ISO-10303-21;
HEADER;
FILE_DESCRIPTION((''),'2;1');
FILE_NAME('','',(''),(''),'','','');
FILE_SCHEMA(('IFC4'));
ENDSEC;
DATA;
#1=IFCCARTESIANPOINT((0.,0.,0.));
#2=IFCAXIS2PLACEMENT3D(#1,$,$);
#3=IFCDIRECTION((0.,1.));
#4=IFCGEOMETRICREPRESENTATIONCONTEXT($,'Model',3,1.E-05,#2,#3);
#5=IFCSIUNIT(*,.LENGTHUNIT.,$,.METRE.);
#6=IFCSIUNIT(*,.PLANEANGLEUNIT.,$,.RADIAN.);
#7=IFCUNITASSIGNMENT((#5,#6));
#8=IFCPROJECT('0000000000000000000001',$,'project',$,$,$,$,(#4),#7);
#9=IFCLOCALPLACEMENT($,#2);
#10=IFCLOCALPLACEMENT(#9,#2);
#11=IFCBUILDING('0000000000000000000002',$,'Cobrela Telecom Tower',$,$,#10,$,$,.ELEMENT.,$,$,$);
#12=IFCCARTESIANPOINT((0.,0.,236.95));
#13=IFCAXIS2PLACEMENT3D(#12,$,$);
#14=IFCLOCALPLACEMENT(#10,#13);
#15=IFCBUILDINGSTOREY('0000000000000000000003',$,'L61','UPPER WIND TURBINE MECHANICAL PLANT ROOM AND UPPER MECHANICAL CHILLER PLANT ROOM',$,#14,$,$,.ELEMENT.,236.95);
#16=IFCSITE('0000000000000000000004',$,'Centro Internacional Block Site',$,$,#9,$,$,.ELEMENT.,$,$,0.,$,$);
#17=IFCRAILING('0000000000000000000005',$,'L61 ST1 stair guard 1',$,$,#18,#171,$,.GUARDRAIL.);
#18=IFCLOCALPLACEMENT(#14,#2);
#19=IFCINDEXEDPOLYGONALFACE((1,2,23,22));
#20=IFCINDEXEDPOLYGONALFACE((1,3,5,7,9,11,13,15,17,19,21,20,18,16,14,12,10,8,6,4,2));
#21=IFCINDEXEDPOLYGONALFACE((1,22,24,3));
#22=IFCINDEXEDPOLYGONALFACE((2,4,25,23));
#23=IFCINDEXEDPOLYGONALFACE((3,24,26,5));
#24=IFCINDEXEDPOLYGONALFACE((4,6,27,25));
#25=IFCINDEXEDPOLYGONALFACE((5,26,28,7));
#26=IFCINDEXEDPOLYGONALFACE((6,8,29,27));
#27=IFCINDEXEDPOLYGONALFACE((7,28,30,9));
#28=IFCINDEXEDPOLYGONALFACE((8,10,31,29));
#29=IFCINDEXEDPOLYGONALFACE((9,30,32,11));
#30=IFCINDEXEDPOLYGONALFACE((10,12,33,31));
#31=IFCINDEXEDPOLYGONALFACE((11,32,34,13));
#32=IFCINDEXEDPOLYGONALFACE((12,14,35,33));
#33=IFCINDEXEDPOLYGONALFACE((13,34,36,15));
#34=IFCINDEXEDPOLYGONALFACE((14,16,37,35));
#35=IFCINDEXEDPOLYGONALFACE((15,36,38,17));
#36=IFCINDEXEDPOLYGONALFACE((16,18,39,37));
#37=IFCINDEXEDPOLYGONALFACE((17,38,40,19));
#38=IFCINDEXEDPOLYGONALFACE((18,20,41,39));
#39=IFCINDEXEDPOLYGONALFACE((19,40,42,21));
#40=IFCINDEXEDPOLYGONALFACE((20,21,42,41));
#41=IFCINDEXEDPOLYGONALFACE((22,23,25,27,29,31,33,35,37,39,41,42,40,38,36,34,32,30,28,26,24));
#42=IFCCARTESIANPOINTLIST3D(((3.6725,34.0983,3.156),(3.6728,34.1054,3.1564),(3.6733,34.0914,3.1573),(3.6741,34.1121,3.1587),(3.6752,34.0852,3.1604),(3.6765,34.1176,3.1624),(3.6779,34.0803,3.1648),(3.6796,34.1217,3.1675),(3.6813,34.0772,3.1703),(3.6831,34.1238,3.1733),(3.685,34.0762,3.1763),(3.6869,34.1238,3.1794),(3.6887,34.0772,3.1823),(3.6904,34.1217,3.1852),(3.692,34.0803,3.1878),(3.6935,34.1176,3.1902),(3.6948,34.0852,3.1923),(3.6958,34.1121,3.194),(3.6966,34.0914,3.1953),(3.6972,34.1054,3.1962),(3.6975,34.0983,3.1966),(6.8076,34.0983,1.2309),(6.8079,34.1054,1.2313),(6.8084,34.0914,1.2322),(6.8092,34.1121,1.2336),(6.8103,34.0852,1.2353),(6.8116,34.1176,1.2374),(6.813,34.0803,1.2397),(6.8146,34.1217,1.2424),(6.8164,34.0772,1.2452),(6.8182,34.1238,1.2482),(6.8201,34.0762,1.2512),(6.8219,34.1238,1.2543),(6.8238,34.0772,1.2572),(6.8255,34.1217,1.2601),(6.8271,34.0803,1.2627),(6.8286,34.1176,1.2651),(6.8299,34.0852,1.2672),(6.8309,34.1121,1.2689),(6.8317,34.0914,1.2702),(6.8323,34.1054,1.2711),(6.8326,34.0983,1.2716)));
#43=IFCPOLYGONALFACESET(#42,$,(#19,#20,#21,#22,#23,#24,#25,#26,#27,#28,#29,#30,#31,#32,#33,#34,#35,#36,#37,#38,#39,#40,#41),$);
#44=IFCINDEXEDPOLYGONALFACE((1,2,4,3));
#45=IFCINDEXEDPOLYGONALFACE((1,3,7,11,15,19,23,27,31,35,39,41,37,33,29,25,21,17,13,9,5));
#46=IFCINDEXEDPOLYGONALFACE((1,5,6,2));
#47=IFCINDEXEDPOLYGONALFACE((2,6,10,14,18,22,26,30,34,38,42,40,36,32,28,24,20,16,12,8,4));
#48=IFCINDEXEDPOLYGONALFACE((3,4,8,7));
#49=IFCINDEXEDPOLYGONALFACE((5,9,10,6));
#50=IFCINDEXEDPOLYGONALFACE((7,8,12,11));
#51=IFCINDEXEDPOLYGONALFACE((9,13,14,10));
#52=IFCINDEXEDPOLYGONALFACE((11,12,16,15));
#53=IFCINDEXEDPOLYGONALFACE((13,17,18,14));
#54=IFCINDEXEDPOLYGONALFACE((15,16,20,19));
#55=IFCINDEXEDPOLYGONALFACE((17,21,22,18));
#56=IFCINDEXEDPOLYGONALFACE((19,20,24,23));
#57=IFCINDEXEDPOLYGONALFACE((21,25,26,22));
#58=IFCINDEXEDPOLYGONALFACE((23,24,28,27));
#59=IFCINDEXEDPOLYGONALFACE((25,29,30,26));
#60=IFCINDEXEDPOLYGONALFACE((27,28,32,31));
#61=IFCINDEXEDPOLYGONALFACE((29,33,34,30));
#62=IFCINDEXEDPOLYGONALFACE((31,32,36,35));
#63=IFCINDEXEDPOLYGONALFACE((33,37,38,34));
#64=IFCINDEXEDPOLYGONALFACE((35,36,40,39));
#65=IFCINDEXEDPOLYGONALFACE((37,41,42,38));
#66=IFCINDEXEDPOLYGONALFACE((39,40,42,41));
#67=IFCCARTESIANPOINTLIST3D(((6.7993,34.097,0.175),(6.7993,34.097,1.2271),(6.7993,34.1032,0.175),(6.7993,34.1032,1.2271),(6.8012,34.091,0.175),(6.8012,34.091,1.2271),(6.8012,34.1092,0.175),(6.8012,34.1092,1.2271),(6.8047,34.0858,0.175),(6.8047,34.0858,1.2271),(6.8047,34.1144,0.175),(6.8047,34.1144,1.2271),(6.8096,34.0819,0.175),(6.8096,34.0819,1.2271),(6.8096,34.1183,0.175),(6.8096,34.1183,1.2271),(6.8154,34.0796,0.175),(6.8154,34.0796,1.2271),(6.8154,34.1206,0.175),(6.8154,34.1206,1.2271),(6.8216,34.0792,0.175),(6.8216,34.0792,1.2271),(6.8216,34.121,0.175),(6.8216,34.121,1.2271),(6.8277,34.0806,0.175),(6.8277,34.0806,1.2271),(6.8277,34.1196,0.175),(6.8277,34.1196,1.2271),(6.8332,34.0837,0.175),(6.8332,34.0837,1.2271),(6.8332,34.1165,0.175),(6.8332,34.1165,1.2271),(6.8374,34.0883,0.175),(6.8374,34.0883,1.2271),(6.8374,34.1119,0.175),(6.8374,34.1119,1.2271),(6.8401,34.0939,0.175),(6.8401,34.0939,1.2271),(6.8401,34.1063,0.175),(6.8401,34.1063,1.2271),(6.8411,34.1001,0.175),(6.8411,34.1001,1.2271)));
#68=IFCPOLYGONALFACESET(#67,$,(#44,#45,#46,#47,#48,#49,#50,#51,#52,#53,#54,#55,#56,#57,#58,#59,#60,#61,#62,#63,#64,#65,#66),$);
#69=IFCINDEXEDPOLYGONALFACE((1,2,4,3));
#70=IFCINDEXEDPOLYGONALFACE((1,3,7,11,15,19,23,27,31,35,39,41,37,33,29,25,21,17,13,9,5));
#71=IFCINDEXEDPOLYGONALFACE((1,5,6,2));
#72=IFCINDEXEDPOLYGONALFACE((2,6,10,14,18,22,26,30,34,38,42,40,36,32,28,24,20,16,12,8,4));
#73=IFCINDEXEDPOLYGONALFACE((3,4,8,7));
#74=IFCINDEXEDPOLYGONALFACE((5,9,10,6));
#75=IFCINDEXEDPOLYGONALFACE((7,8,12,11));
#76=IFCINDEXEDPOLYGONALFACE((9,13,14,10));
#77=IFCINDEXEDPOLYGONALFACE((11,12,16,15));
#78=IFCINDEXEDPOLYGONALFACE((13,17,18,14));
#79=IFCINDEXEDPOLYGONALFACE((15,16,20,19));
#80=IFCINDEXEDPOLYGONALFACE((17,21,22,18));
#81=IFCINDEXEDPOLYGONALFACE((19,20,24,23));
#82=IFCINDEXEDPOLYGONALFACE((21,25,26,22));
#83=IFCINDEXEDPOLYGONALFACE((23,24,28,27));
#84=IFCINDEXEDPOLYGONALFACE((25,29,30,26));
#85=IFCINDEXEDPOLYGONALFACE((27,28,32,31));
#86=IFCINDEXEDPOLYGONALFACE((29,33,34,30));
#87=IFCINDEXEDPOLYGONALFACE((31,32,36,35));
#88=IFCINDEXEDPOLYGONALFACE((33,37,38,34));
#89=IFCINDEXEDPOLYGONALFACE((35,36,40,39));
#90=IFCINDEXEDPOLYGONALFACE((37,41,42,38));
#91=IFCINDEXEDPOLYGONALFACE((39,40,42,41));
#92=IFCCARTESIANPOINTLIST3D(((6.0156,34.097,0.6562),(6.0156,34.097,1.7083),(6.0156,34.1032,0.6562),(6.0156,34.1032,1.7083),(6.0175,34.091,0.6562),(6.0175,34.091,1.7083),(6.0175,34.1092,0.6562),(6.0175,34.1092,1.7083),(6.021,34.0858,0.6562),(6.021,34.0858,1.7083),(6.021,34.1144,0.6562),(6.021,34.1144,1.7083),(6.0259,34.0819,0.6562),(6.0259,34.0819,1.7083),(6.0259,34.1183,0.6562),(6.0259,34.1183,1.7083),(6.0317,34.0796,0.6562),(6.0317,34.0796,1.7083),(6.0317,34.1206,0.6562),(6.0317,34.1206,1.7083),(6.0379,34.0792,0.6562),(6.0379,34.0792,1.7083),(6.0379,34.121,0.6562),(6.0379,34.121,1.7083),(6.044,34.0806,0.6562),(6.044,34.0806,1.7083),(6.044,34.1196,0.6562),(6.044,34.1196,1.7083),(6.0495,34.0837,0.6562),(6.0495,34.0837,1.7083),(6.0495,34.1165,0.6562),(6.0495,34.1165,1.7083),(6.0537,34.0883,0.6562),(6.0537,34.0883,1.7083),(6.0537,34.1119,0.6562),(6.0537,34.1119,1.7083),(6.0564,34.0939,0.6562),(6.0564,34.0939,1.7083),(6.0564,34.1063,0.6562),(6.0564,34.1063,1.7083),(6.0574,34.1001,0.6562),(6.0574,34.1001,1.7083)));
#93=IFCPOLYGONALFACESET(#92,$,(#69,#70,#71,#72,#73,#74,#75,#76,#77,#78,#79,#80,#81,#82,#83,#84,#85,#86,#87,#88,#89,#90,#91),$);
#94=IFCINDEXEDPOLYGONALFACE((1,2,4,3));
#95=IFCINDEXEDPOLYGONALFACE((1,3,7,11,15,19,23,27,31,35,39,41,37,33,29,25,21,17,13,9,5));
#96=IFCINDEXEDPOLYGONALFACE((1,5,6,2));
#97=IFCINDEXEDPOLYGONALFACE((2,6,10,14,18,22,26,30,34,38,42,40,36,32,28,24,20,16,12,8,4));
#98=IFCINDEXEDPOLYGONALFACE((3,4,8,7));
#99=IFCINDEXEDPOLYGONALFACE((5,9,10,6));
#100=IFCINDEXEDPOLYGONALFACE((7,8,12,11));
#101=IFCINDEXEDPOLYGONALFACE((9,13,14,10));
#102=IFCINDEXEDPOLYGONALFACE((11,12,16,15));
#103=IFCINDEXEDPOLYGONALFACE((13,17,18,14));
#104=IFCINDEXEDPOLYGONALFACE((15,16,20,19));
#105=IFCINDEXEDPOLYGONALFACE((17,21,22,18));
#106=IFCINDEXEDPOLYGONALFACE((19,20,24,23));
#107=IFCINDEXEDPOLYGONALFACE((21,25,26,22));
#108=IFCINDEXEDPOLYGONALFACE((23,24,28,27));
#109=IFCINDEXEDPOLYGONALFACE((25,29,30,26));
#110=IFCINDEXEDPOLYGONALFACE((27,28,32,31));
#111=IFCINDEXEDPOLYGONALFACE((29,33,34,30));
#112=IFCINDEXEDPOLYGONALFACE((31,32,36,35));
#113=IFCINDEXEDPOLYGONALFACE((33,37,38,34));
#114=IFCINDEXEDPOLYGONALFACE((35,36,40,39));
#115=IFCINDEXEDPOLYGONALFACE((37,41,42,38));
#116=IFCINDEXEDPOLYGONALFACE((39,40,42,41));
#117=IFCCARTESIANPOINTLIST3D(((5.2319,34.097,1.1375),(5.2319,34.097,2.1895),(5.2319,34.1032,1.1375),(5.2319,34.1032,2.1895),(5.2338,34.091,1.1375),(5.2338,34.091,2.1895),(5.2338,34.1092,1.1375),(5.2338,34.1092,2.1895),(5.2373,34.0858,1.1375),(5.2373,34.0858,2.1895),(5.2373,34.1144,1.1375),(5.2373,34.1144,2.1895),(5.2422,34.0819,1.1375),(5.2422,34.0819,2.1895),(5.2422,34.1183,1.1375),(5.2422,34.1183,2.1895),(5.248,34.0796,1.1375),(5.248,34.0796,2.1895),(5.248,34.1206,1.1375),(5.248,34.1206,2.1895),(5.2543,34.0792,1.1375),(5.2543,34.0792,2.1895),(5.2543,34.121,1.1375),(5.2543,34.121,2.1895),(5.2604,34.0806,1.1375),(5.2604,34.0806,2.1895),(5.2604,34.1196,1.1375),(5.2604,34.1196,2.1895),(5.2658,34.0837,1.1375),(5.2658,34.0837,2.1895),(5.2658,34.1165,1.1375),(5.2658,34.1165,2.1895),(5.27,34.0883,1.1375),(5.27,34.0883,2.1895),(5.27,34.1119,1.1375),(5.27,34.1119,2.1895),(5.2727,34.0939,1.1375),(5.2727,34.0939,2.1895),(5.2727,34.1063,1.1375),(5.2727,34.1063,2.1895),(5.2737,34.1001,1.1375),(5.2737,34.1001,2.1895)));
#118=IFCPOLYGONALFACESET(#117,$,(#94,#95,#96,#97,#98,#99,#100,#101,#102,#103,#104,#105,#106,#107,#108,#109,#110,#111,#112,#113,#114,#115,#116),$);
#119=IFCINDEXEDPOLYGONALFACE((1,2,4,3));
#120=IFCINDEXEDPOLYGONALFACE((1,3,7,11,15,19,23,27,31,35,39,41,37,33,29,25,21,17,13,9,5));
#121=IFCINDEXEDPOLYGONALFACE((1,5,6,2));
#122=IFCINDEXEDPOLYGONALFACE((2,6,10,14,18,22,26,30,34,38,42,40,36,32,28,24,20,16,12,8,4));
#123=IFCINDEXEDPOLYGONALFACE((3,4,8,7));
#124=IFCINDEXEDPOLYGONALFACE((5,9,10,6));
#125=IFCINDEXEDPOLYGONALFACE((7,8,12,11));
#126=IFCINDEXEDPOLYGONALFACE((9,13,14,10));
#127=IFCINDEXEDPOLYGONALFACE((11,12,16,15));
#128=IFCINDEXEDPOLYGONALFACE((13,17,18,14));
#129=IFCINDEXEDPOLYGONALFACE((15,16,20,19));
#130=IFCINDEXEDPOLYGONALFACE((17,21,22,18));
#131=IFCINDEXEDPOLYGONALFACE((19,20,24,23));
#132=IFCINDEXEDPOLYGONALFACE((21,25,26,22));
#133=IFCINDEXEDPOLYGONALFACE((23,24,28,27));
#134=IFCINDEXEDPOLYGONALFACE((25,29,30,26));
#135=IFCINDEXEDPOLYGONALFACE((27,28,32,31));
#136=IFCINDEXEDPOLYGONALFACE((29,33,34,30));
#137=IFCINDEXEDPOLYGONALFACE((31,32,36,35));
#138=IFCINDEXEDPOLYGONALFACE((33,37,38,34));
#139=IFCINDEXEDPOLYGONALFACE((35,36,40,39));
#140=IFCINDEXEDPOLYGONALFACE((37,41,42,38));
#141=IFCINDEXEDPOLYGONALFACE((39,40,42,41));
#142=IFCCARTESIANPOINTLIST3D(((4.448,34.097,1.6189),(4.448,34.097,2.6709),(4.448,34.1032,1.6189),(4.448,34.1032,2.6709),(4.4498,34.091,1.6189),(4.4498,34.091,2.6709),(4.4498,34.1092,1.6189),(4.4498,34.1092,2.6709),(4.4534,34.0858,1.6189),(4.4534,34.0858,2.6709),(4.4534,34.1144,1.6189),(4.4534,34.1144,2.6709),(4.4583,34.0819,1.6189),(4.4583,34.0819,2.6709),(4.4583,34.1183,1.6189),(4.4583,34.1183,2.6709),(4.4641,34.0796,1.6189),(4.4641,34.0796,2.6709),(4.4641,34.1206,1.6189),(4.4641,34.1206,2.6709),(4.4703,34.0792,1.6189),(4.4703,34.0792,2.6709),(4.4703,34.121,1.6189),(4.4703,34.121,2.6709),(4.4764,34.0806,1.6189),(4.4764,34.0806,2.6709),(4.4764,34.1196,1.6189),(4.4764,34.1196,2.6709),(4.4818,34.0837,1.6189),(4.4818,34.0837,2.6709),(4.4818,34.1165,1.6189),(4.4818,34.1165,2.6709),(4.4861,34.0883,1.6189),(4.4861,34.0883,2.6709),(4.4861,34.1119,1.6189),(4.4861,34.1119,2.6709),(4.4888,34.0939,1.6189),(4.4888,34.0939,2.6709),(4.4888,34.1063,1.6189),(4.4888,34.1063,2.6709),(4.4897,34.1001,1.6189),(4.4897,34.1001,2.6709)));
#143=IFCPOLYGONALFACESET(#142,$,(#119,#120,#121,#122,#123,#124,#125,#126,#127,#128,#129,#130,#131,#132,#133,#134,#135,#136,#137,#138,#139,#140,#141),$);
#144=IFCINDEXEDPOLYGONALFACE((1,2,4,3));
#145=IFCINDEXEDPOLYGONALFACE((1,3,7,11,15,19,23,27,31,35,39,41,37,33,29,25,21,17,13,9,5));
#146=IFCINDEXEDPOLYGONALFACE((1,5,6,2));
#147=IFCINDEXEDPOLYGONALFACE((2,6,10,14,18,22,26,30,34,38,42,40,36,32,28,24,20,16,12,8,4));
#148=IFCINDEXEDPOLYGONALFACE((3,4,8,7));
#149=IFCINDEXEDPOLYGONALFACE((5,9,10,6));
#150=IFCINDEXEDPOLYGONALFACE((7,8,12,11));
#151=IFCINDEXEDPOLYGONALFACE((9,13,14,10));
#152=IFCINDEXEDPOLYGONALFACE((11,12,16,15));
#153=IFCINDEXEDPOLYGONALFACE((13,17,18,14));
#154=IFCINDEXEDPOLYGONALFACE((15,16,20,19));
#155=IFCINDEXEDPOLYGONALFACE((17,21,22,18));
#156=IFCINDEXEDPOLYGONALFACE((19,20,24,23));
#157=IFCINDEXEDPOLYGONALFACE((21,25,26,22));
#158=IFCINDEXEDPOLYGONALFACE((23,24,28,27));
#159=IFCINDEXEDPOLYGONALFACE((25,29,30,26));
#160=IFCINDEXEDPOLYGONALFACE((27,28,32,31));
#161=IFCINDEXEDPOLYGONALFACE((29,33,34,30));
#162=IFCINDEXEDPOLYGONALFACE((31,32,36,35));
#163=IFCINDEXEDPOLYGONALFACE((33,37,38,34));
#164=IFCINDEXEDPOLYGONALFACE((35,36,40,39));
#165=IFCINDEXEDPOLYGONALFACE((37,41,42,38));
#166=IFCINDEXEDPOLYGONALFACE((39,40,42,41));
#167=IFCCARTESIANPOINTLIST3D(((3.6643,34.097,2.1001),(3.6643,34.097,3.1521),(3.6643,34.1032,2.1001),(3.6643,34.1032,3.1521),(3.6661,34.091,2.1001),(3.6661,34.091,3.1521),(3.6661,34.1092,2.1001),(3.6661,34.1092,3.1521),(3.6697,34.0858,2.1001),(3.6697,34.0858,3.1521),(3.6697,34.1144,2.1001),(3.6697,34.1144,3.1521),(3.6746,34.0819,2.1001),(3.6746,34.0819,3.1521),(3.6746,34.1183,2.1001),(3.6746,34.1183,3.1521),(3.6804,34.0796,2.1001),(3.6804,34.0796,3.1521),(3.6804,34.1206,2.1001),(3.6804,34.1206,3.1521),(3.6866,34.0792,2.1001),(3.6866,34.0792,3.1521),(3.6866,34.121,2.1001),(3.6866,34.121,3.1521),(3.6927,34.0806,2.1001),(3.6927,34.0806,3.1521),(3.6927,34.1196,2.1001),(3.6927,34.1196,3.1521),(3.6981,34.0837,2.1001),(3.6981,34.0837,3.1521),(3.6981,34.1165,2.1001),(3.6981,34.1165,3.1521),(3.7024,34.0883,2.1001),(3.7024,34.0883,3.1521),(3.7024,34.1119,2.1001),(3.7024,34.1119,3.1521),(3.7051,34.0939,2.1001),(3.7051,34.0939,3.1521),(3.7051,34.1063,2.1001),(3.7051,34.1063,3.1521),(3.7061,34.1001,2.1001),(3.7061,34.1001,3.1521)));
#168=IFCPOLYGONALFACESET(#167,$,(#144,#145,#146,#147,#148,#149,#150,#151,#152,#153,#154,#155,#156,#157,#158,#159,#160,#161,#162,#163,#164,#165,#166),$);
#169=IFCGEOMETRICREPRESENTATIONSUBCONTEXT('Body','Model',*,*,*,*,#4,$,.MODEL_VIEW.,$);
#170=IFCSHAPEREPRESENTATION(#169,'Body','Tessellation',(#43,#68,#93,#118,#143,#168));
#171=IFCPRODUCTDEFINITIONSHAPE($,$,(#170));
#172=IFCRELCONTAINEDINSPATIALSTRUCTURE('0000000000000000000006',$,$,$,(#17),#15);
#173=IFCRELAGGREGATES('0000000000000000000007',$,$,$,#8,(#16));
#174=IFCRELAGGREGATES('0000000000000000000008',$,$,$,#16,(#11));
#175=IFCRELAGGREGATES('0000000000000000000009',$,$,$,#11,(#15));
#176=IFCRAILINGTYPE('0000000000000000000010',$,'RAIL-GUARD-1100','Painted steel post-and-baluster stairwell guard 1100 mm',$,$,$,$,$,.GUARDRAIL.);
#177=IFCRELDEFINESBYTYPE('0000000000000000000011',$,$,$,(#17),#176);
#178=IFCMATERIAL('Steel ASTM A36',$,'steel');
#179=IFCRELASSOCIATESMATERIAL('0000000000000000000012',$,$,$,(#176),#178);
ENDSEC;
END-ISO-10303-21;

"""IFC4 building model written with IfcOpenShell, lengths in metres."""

from ifc_helpers import new_model, si_unit, direction, frame, origin, origin_2d, place, context, subcontext, project, spatial, circle, extrude, material, type_object, element, save


model = new_model("IFC4")

# Units and contexts
model_context = context("Model", 3, precision=1e-05, world=origin(), true_north=direction((0.0, 1.0)))
body_context = subcontext(model_context, "Body", "Model", "MODEL_VIEW")
ifc_project = project(units=[si_unit("LENGTHUNIT", "METRE"), si_unit("PLANEANGLEUNIT", "RADIAN")], contexts=[model_context])

# Site, building, storey
site_placement = place(None, origin())
site = spatial("IfcSite", under=ifc_project, at=site_placement, Name="Centro Internacional Block Site", CompositionType="ELEMENT", RefElevation=0.0)
building_placement = place(site_placement, origin())
building = spatial("IfcBuilding", under=site, at=building_placement, Name="Cobrela Telecom Tower", CompositionType="ELEMENT")
storey_placement = place(building_placement, frame((0.0, 0.0, 236.95)))
storey = spatial("IfcBuildingStorey", under=building, at=storey_placement, Name="L61", Description="UPPER WIND TURBINE MECHANICAL PLANT ROOM AND UPPER MECHANICAL CHILLER PLANT ROOM", CompositionType="ELEMENT", Elevation=236.95)

# Shared definitions
ifc_material_1 = material(Name="Steel ASTM A36", Category="steel")

# Railing
railing_type_1 = type_object("IfcRailingType", Name="RAIL-GUARD-1100", Description="Painted steel post-and-baluster stairwell guard 1100 mm", PredefinedType="GUARDRAIL", material=ifc_material_1)
railing_1_placement = place(storey_placement, frame((6.8201, 34.1001, 0.175)))
element("IfcRailing", 1, at=railing_1_placement, inside=storey, type_object=railing_type_1, Name="L61 ST1 stair guard 1", PredefinedType="GUARDRAIL", context=body_context, shape_type="SweptSolid", body=[
    extrude(circle(Radius=0.0239, at=origin_2d()), frame((0.0, 0.0, 1.0762), z_axis=(-0.852166, 0.0, 0.523271), x_axis=(0.0, -1.0, 0.0)), (0.0, 0.0, 1.0), 3.679),
    extrude(circle(Radius=0.021, at=origin_2d()), origin(), (0.0, 0.0, 1.0), 1.052),
    extrude(circle(Radius=0.021, at=origin_2d()), frame((-0.7837, 0.0, 0.4812)), (0.0, 0.0, 1.0), 1.052),
    extrude(circle(Radius=0.021, at=origin_2d()), frame((-1.5674, 0.0, 0.9624)), (0.0, 0.0, 1.0), 1.052),
    extrude(circle(Radius=0.021, at=origin_2d()), frame((-2.3513, 0.0, 1.4438)), (0.0, 0.0, 1.0), 1.052),
    extrude(circle(Radius=0.021, at=origin_2d()), frame((-3.135, 0.0, 1.925)), (0.0, 0.0, 1.0), 1.052),
])

save(model, "model.ifc")
